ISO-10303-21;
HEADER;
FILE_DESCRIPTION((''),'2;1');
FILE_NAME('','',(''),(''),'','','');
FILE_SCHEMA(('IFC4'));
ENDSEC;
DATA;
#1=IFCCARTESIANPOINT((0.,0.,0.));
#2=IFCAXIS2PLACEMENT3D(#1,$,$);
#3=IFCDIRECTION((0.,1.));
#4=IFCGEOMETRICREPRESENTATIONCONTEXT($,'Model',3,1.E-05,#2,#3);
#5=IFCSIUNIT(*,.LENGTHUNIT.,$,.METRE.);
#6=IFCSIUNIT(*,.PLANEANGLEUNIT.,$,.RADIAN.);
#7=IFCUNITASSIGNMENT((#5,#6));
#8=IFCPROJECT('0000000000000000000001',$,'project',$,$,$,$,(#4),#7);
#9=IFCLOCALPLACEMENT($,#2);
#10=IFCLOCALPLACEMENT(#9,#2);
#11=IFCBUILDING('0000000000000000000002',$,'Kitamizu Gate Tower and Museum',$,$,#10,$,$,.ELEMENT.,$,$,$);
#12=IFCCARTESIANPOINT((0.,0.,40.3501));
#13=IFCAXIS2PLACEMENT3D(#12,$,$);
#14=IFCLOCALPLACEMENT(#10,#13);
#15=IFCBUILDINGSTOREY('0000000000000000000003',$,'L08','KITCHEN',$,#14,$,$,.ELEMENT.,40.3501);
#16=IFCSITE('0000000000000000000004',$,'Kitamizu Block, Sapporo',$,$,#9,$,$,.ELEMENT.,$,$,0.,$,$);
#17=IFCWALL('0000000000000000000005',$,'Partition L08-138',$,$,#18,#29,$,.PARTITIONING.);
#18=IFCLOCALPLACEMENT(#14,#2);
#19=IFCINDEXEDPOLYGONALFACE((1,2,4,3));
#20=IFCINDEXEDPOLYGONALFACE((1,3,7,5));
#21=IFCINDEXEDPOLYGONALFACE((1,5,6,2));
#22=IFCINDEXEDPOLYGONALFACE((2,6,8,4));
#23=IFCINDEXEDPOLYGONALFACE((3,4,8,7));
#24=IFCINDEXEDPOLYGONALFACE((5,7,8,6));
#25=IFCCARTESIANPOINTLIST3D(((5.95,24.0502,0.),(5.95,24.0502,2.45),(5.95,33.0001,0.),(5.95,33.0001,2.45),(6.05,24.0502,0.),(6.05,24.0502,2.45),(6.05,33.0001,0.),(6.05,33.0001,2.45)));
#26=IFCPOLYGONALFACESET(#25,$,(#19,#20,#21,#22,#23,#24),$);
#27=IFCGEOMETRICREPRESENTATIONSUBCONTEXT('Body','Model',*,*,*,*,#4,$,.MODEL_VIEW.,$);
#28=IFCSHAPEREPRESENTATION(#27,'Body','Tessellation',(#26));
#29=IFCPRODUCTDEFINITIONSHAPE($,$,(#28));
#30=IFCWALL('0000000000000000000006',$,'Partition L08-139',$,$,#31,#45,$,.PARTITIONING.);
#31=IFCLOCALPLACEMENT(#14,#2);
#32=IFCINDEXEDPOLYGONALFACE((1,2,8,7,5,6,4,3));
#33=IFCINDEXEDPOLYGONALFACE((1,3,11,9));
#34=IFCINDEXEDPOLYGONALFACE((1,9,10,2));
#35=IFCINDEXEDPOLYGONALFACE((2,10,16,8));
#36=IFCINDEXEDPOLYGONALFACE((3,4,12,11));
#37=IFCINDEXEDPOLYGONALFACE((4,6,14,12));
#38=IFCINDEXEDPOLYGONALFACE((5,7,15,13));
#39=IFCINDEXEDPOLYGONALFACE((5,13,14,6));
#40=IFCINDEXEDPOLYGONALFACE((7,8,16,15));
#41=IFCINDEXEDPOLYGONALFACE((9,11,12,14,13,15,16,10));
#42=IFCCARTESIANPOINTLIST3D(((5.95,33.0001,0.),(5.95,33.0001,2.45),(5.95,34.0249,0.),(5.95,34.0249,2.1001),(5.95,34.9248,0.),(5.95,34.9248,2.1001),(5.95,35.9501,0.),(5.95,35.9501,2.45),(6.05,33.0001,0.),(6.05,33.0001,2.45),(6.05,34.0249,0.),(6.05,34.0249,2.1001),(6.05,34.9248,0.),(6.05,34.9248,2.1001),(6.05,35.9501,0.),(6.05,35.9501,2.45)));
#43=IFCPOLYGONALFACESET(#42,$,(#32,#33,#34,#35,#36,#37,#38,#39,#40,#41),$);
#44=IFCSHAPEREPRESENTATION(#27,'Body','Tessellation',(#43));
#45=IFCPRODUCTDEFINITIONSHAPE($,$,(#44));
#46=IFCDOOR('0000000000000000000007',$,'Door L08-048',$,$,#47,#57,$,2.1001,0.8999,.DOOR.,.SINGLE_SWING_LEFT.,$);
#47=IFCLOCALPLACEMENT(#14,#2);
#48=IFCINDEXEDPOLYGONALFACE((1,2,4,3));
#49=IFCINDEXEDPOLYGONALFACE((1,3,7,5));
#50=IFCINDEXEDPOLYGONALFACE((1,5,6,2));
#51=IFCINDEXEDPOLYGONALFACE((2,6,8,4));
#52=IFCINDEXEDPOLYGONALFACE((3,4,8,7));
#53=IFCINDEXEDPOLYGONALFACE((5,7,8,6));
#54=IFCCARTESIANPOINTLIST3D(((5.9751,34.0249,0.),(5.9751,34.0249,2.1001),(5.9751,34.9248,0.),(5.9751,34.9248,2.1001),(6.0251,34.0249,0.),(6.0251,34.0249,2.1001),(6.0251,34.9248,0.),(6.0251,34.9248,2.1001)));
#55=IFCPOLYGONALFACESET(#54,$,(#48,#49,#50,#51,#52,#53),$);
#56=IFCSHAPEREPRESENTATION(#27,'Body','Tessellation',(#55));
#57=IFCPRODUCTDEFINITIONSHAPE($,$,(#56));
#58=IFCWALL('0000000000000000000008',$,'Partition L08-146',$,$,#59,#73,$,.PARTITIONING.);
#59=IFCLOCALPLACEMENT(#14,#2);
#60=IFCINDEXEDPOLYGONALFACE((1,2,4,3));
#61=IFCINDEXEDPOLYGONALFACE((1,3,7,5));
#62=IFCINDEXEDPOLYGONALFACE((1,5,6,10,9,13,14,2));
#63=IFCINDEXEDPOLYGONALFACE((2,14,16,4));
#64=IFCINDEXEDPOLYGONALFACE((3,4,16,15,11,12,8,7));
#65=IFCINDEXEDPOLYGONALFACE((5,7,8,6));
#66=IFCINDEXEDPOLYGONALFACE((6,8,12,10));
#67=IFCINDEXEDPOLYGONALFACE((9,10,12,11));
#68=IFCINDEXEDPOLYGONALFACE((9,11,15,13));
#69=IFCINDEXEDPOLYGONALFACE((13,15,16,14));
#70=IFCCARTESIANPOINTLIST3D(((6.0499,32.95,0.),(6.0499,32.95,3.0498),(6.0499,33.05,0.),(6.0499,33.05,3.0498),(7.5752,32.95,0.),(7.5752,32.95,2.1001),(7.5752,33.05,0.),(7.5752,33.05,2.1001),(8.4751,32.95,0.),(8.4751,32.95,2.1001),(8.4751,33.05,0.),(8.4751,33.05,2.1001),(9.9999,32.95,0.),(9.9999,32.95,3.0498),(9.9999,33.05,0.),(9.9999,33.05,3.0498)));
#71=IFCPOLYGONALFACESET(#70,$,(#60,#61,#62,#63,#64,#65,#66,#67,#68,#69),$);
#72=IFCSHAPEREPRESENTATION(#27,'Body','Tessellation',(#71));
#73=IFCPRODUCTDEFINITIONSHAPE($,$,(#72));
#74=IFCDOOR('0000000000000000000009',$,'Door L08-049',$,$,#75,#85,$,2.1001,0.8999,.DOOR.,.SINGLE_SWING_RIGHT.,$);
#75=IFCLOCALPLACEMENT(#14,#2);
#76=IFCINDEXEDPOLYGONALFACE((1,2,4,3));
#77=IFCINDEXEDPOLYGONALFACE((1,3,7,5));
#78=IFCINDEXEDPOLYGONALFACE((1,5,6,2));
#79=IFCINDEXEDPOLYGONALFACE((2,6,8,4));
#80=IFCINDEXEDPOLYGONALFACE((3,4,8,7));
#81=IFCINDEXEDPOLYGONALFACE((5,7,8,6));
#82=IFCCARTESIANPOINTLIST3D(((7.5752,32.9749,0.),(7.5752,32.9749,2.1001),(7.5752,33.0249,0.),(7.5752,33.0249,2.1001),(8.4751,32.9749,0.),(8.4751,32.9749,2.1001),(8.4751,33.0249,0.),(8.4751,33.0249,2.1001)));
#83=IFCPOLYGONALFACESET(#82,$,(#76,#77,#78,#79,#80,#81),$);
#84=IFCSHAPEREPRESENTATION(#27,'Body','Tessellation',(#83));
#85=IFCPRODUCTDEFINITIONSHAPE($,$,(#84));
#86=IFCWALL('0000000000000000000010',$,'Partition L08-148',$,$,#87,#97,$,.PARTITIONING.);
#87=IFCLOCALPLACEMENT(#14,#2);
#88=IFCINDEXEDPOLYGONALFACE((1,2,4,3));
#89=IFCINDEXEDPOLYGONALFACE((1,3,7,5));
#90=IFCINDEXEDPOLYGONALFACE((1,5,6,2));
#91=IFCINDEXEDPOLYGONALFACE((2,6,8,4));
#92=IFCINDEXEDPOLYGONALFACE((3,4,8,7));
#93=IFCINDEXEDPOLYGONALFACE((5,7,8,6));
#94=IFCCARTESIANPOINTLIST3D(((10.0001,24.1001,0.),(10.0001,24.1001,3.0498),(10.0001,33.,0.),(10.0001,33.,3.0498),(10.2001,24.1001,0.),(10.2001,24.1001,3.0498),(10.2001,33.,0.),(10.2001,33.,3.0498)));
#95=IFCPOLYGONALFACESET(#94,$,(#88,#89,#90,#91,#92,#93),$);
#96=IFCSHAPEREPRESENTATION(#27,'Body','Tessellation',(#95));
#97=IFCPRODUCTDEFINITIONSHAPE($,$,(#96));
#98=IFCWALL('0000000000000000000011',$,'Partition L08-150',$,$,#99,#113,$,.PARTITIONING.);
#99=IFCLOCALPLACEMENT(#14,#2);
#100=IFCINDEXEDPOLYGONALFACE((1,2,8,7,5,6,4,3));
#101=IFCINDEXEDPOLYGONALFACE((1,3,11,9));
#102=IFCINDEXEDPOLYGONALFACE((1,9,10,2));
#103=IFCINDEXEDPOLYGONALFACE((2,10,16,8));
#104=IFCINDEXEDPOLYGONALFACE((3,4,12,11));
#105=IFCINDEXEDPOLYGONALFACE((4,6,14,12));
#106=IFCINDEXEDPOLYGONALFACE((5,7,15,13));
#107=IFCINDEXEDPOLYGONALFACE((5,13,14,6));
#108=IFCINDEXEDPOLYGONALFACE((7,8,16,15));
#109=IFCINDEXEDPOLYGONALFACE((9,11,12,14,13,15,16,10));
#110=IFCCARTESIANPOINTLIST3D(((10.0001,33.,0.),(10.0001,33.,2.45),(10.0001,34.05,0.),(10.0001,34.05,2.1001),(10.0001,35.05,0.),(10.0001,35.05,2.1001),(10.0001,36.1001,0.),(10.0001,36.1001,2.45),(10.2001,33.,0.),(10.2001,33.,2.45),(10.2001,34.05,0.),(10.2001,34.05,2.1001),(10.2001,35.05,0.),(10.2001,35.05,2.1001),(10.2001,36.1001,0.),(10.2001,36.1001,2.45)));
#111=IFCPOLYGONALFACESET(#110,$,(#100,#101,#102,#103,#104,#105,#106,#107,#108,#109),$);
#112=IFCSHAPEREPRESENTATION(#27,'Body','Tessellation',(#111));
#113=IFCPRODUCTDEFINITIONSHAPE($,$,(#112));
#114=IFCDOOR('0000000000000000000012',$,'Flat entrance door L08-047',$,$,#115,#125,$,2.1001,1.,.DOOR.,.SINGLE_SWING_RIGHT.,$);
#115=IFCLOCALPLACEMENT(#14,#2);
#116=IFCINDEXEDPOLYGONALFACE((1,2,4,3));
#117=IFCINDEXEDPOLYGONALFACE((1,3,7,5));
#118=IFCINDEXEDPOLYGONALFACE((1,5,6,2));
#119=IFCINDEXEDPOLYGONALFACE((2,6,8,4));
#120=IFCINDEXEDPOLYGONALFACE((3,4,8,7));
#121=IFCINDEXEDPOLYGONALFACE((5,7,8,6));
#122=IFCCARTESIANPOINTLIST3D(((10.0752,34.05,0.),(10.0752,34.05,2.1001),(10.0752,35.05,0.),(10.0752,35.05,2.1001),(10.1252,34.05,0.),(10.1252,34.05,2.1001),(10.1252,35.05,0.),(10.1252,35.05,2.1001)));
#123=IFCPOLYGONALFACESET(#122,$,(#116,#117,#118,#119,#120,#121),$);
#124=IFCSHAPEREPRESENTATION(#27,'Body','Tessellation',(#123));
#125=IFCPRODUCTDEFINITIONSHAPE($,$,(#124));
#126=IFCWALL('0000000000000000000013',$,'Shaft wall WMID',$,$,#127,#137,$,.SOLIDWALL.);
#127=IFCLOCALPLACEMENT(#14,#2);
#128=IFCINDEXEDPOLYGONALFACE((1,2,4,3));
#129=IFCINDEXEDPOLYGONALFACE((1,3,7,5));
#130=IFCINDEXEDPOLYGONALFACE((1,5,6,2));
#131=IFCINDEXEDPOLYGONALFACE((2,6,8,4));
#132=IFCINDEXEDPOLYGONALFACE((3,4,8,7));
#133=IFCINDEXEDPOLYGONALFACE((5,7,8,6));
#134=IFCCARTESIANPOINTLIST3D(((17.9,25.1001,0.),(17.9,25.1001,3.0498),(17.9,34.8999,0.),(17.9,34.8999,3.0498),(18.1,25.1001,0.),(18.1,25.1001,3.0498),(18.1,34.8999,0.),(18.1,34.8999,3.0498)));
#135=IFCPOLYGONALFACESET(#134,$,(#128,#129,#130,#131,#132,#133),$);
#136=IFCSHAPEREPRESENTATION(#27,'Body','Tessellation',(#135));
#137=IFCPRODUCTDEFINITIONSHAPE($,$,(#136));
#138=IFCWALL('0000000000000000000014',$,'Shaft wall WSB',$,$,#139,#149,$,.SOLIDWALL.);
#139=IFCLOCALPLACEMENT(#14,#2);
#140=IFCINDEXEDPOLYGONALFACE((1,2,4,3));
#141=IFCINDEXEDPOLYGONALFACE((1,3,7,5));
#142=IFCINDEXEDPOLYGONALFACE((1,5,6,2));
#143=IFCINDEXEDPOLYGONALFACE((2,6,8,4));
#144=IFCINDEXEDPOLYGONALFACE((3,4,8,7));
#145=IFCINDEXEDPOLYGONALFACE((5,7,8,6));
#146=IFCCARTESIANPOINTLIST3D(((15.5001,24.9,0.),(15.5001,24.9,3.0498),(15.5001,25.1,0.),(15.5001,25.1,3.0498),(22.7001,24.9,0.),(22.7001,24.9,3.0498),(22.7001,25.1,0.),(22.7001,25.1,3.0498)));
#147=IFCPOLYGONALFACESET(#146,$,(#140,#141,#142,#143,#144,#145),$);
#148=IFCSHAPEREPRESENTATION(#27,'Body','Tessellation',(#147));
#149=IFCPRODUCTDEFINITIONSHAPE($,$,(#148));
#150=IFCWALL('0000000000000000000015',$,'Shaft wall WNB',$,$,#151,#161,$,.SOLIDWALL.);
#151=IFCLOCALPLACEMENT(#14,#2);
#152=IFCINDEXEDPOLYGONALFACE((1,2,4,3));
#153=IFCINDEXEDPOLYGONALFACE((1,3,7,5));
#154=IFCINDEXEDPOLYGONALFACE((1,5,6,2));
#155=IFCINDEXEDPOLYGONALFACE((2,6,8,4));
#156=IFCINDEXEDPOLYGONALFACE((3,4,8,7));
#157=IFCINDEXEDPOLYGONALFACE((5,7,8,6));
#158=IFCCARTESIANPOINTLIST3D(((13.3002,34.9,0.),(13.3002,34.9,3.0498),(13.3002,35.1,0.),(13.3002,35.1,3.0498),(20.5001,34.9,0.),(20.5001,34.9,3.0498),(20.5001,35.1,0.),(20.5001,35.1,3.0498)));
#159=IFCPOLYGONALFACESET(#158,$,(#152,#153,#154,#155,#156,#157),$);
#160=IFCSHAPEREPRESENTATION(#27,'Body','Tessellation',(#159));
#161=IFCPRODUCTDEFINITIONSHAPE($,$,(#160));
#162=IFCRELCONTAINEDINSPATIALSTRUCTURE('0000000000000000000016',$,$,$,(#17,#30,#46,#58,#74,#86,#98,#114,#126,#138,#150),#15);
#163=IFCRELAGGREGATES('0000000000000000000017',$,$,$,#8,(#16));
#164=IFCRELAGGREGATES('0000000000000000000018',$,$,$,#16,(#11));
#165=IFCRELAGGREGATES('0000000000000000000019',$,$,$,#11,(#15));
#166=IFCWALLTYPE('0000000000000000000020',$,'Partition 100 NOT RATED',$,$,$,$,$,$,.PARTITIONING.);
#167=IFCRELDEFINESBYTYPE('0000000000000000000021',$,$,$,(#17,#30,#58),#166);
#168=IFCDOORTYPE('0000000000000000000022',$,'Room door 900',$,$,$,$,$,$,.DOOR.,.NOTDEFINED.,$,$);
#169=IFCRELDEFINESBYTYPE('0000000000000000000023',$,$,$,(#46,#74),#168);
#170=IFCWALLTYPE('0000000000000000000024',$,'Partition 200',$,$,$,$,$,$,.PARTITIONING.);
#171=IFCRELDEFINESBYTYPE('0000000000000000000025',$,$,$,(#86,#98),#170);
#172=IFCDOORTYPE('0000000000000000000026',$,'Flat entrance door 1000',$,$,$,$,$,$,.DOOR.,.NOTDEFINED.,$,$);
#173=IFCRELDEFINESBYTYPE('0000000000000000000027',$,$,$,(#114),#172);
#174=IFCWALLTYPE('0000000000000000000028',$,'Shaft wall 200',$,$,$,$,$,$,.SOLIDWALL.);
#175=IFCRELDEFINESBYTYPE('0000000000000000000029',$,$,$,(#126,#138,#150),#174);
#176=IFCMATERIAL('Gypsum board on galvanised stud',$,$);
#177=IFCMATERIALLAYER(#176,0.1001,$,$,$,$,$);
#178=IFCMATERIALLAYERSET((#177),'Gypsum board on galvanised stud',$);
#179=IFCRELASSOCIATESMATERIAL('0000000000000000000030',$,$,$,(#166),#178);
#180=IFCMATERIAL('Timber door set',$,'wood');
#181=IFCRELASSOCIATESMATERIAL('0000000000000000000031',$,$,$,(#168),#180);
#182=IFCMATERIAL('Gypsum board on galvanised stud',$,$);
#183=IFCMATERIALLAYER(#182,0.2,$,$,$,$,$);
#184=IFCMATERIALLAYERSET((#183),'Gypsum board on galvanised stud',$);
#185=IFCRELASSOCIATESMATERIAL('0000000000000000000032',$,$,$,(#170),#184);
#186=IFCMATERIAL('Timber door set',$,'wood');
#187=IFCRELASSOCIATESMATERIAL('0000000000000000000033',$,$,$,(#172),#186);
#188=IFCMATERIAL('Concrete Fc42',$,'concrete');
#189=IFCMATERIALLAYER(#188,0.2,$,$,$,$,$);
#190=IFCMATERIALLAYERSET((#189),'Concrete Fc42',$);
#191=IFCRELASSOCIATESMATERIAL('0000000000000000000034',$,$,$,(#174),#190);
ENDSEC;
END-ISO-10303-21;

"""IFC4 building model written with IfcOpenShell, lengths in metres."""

from ifc_helpers import new_model, si_unit, direction, frame, frame_2d, origin, place, context, subcontext, project, spatial, rectangle, extrude, material, layer, layer_set, type_object, element, fill, save


model = new_model("IFC4")

# Units and contexts
model_context = context("Model", 3, precision=1e-05, world=origin(), true_north=direction((0.0, 1.0)))
body_context = subcontext(model_context, "Body", "Model", "MODEL_VIEW")
ifc_project = project(units=[si_unit("LENGTHUNIT", "METRE"), si_unit("PLANEANGLEUNIT", "RADIAN")], contexts=[model_context])

# Site, building, storey
site_placement = place(None, origin())
site = spatial("IfcSite", under=ifc_project, at=site_placement, Name="Kitamizu Block, Sapporo", CompositionType="ELEMENT", RefElevation=0.0)
building_placement = place(site_placement, origin())
building = spatial("IfcBuilding", under=site, at=building_placement, Name="Kitamizu Gate Tower and Museum", CompositionType="ELEMENT")
storey_placement = place(building_placement, frame((0.0, 0.0, 40.3501)))
storey = spatial("IfcBuildingStorey", under=building, at=storey_placement, Name="L08", Description="KITCHEN", CompositionType="ELEMENT", Elevation=40.3501)

# Shared definitions
ifc_material_1 = material(Name="Gypsum board on galvanised stud")
ifc_layer_1 = layer(ifc_material_1, 0.1001)
ifc_layer_set_1 = layer_set([ifc_layer_1], Name="Gypsum board on galvanised stud")
wall_type_1 = type_object("IfcWallType", Name="Partition 100 NOT RATED", PredefinedType="PARTITIONING", material=ifc_layer_set_1)
ifc_material_2 = material(Name="Timber door set", Category="wood")
door_type_1 = type_object("IfcDoorType", Name="Room door 900", OperationType="NOTDEFINED", PredefinedType="DOOR", material=ifc_material_2)

# Wall
wall_1_placement = place(storey_placement, frame((6.0, 24.05, 0.0), z_axis=(0.0, 0.0, 1.0), x_axis=(0.0, 1.0, 0.0)))
element("IfcWall", 1, at=wall_1_placement, inside=storey, type_object=wall_type_1, Name="Partition L08-138", PredefinedType="PARTITIONING", context=body_context, shape_type="SweptSolid", body=[
    extrude(rectangle(XDim=8.95, YDim=0.1001, at=frame_2d((4.4751, 0.0))), origin(), (0.0, 0.0, 1.0), 2.45),
])

# Walls, openings, doors
wall_2_placement = place(storey_placement, frame((6.0, 33.0, 0.0), z_axis=(0.0, 0.0, 1.0), x_axis=(0.0, 1.0, 0.0)))
wall_2 = element("IfcWall", 2, at=wall_2_placement, inside=storey, type_object=wall_type_1, Name="Partition L08-139", PredefinedType="PARTITIONING", context=body_context, shape_type="SweptSolid", body=[
    extrude(rectangle(XDim=2.95, YDim=0.1001, at=frame_2d((1.4751, 0.0))), origin(), (0.0, 0.0, 1.0), 2.45),
])
opening_1_placement = place(wall_2_placement, frame((1.0249, 0.0, 0.0)))
opening_1 = element("IfcOpeningElement", 3, at=opening_1_placement, cuts=wall_2, PredefinedType="OPENING", context=body_context, shape_type="SweptSolid", body=[
    extrude(rectangle(XDim=0.8999, YDim=2.1001, at=frame_2d((0.45, 1.05))), frame((0.0, 0.0601, 0.0), z_axis=(0.0, -1.0, 0.0), x_axis=(1.0, 0.0, 0.0)), (0.0, 0.0, 1.0), 0.1201),
])
door_1_placement = place(opening_1_placement, origin())
door_1 = element("IfcDoor", 4, at=door_1_placement, inside=storey, type_object=door_type_1, Name="Door L08-048", OperationType="SINGLE_SWING_LEFT", OverallHeight=2.1001, OverallWidth=0.8999, PredefinedType="DOOR", context=body_context, shape_type="SweptSolid", body=[
    extrude(rectangle(XDim=0.8999, YDim=2.1001, at=frame_2d((0.45, 1.05))), frame((0.0, 0.0249, 0.0), z_axis=(0.0, -1.0, 0.0), x_axis=(1.0, 0.0, 0.0)), (0.0, 0.0, 1.0), 0.05),
])
fill(opening_1, door_1)
wall_3_placement = place(storey_placement, frame((10.0, 33.0, 0.0), z_axis=(0.0, 0.0, 1.0), x_axis=(-1.0, 0.0, 0.0)))
wall_3 = element("IfcWall", 5, at=wall_3_placement, inside=storey, type_object=wall_type_1, Name="Partition L08-146", PredefinedType="PARTITIONING", context=body_context, shape_type="SweptSolid", body=[
    extrude(rectangle(XDim=3.95, YDim=0.1001, at=frame_2d((1.9751, 0.0))), origin(), (0.0, 0.0, 1.0), 3.0498),
])
opening_2_placement = place(wall_3_placement, frame((1.5249, 0.0, 0.0)))
opening_2 = element("IfcOpeningElement", 6, at=opening_2_placement, cuts=wall_3, PredefinedType="OPENING", context=body_context, shape_type="SweptSolid", body=[
    extrude(rectangle(XDim=0.8999, YDim=2.1001, at=frame_2d((0.45, 1.05))), frame((0.0, 0.0601, 0.0), z_axis=(0.0, -1.0, 0.0), x_axis=(1.0, 0.0, 0.0)), (0.0, 0.0, 1.0), 0.1201),
])
door_2_placement = place(opening_2_placement, frame((0.8999, 0.0, 0.0), x_axis=(-1.0, 0.0, 0.0)))
door_2 = element("IfcDoor", 7, at=door_2_placement, inside=storey, type_object=door_type_1, Name="Door L08-049", OperationType="SINGLE_SWING_RIGHT", OverallHeight=2.1001, OverallWidth=0.8999, PredefinedType="DOOR", context=body_context, shape_type="SweptSolid", body=[
    extrude(rectangle(XDim=0.8999, YDim=2.1001, at=frame_2d((0.45, 1.05))), frame((0.0, 0.0249, 0.0), z_axis=(0.0, -1.0, 0.0), x_axis=(1.0, 0.0, 0.0)), (0.0, 0.0, 1.0), 0.05),
])
fill(opening_2, door_2)

# Wall
ifc_material_3 = material(Name="Gypsum board on galvanised stud")
ifc_layer_2 = layer(ifc_material_3, 0.2)
ifc_layer_set_2 = layer_set([ifc_layer_2], Name="Gypsum board on galvanised stud")
wall_type_2 = type_object("IfcWallType", Name="Partition 200", PredefinedType="PARTITIONING", material=ifc_layer_set_2)
wall_4_placement = place(storey_placement, frame((10.1001, 24.1001, 0.0), z_axis=(0.0, 0.0, 1.0), x_axis=(0.0, 1.0, 0.0)))
element("IfcWall", 8, at=wall_4_placement, inside=storey, type_object=wall_type_2, Name="Partition L08-148", PredefinedType="PARTITIONING", context=body_context, shape_type="SweptSolid", body=[
    extrude(rectangle(XDim=8.8999, YDim=0.2, at=frame_2d((4.45, 0.0))), origin(), (0.0, 0.0, 1.0), 3.0498),
])

# Wall, opening, door
wall_5_placement = place(storey_placement, frame((10.1001, 33.0, 0.0), z_axis=(0.0, 0.0, 1.0), x_axis=(0.0, 1.0, 0.0)))
wall_5 = element("IfcWall", 9, at=wall_5_placement, inside=storey, type_object=wall_type_2, Name="Partition L08-150", PredefinedType="PARTITIONING", context=body_context, shape_type="SweptSolid", body=[
    extrude(rectangle(XDim=3.1001, YDim=0.2, at=frame_2d((1.55, 0.0))), origin(), (0.0, 0.0, 1.0), 2.45),
])
opening_3_placement = place(wall_5_placement, frame((1.05, 0.0, 0.0)))
opening_3 = element("IfcOpeningElement", 10, at=opening_3_placement, cuts=wall_5, PredefinedType="OPENING", context=body_context, shape_type="SweptSolid", body=[
    extrude(rectangle(XDim=1.0, YDim=2.1001, at=frame_2d((0.5, 1.05))), frame((0.0, 0.1099, 0.0), z_axis=(0.0, -1.0, 0.0), x_axis=(1.0, 0.0, 0.0)), (0.0, 0.0, 1.0), 0.22),
])
ifc_material_4 = material(Name="Timber door set", Category="wood")
door_type_2 = type_object("IfcDoorType", Name="Flat entrance door 1000", OperationType="NOTDEFINED", PredefinedType="DOOR", material=ifc_material_4)
door_3_placement = place(opening_3_placement, origin())
door_3 = element("IfcDoor", 11, at=door_3_placement, inside=storey, type_object=door_type_2, Name="Flat entrance door L08-047", OperationType="SINGLE_SWING_RIGHT", OverallHeight=2.1001, OverallWidth=1.0, PredefinedType="DOOR", context=body_context, shape_type="SweptSolid", body=[
    extrude(rectangle(XDim=1.0, YDim=2.1001, at=frame_2d((0.5, 1.05))), frame((0.0, 0.0249, 0.0), z_axis=(0.0, -1.0, 0.0), x_axis=(1.0, 0.0, 0.0)), (0.0, 0.0, 1.0), 0.05),
])
fill(opening_3, door_3)

# Walls
ifc_material_5 = material(Name="Concrete Fc42", Category="concrete")
ifc_layer_3 = layer(ifc_material_5, 0.2)
ifc_layer_set_3 = layer_set([ifc_layer_3], Name="Concrete Fc42")
wall_type_3 = type_object("IfcWallType", Name="Shaft wall 200", PredefinedType="SOLIDWALL", material=ifc_layer_set_3)
wall_6_placement = place(storey_placement, frame((18.0, 25.1001, 0.0), z_axis=(0.0, 0.0, 1.0), x_axis=(0.0, 1.0, 0.0)))
element("IfcWall", 12, at=wall_6_placement, inside=storey, type_object=wall_type_3, Name="Shaft wall WMID", PredefinedType="SOLIDWALL", context=body_context, shape_type="SweptSolid", body=[
    extrude(rectangle(XDim=9.7998, YDim=0.2, at=frame_2d((4.8999, 0.0))), origin(), (0.0, 0.0, 1.0), 3.0498),
])
for number, where, z_axis, x_axis, name in (
    (13, (15.5, 25.0, 0.0), (0.0, 0.0, 1.0), (1.0, 0.0, 0.0), "Shaft wall WSB"),
    (14, (13.3, 35.0, 0.0), (0.0, 0.0, 1.0), (1.0, 0.0, 0.0), "Shaft wall WNB"),
):
    element("IfcWall", number, at=place(storey_placement, frame(where, z_axis=z_axis, x_axis=x_axis)), inside=storey, type_object=wall_type_3, Name=name, PredefinedType="SOLIDWALL", context=body_context, shape_type="SweptSolid", body=[
        extrude(rectangle(XDim=7.2, YDim=0.2, at=frame_2d((3.6001, 0.0))), origin(), (0.0, 0.0, 1.0), 3.0498),
    ])

save(model, "model.ifc")
